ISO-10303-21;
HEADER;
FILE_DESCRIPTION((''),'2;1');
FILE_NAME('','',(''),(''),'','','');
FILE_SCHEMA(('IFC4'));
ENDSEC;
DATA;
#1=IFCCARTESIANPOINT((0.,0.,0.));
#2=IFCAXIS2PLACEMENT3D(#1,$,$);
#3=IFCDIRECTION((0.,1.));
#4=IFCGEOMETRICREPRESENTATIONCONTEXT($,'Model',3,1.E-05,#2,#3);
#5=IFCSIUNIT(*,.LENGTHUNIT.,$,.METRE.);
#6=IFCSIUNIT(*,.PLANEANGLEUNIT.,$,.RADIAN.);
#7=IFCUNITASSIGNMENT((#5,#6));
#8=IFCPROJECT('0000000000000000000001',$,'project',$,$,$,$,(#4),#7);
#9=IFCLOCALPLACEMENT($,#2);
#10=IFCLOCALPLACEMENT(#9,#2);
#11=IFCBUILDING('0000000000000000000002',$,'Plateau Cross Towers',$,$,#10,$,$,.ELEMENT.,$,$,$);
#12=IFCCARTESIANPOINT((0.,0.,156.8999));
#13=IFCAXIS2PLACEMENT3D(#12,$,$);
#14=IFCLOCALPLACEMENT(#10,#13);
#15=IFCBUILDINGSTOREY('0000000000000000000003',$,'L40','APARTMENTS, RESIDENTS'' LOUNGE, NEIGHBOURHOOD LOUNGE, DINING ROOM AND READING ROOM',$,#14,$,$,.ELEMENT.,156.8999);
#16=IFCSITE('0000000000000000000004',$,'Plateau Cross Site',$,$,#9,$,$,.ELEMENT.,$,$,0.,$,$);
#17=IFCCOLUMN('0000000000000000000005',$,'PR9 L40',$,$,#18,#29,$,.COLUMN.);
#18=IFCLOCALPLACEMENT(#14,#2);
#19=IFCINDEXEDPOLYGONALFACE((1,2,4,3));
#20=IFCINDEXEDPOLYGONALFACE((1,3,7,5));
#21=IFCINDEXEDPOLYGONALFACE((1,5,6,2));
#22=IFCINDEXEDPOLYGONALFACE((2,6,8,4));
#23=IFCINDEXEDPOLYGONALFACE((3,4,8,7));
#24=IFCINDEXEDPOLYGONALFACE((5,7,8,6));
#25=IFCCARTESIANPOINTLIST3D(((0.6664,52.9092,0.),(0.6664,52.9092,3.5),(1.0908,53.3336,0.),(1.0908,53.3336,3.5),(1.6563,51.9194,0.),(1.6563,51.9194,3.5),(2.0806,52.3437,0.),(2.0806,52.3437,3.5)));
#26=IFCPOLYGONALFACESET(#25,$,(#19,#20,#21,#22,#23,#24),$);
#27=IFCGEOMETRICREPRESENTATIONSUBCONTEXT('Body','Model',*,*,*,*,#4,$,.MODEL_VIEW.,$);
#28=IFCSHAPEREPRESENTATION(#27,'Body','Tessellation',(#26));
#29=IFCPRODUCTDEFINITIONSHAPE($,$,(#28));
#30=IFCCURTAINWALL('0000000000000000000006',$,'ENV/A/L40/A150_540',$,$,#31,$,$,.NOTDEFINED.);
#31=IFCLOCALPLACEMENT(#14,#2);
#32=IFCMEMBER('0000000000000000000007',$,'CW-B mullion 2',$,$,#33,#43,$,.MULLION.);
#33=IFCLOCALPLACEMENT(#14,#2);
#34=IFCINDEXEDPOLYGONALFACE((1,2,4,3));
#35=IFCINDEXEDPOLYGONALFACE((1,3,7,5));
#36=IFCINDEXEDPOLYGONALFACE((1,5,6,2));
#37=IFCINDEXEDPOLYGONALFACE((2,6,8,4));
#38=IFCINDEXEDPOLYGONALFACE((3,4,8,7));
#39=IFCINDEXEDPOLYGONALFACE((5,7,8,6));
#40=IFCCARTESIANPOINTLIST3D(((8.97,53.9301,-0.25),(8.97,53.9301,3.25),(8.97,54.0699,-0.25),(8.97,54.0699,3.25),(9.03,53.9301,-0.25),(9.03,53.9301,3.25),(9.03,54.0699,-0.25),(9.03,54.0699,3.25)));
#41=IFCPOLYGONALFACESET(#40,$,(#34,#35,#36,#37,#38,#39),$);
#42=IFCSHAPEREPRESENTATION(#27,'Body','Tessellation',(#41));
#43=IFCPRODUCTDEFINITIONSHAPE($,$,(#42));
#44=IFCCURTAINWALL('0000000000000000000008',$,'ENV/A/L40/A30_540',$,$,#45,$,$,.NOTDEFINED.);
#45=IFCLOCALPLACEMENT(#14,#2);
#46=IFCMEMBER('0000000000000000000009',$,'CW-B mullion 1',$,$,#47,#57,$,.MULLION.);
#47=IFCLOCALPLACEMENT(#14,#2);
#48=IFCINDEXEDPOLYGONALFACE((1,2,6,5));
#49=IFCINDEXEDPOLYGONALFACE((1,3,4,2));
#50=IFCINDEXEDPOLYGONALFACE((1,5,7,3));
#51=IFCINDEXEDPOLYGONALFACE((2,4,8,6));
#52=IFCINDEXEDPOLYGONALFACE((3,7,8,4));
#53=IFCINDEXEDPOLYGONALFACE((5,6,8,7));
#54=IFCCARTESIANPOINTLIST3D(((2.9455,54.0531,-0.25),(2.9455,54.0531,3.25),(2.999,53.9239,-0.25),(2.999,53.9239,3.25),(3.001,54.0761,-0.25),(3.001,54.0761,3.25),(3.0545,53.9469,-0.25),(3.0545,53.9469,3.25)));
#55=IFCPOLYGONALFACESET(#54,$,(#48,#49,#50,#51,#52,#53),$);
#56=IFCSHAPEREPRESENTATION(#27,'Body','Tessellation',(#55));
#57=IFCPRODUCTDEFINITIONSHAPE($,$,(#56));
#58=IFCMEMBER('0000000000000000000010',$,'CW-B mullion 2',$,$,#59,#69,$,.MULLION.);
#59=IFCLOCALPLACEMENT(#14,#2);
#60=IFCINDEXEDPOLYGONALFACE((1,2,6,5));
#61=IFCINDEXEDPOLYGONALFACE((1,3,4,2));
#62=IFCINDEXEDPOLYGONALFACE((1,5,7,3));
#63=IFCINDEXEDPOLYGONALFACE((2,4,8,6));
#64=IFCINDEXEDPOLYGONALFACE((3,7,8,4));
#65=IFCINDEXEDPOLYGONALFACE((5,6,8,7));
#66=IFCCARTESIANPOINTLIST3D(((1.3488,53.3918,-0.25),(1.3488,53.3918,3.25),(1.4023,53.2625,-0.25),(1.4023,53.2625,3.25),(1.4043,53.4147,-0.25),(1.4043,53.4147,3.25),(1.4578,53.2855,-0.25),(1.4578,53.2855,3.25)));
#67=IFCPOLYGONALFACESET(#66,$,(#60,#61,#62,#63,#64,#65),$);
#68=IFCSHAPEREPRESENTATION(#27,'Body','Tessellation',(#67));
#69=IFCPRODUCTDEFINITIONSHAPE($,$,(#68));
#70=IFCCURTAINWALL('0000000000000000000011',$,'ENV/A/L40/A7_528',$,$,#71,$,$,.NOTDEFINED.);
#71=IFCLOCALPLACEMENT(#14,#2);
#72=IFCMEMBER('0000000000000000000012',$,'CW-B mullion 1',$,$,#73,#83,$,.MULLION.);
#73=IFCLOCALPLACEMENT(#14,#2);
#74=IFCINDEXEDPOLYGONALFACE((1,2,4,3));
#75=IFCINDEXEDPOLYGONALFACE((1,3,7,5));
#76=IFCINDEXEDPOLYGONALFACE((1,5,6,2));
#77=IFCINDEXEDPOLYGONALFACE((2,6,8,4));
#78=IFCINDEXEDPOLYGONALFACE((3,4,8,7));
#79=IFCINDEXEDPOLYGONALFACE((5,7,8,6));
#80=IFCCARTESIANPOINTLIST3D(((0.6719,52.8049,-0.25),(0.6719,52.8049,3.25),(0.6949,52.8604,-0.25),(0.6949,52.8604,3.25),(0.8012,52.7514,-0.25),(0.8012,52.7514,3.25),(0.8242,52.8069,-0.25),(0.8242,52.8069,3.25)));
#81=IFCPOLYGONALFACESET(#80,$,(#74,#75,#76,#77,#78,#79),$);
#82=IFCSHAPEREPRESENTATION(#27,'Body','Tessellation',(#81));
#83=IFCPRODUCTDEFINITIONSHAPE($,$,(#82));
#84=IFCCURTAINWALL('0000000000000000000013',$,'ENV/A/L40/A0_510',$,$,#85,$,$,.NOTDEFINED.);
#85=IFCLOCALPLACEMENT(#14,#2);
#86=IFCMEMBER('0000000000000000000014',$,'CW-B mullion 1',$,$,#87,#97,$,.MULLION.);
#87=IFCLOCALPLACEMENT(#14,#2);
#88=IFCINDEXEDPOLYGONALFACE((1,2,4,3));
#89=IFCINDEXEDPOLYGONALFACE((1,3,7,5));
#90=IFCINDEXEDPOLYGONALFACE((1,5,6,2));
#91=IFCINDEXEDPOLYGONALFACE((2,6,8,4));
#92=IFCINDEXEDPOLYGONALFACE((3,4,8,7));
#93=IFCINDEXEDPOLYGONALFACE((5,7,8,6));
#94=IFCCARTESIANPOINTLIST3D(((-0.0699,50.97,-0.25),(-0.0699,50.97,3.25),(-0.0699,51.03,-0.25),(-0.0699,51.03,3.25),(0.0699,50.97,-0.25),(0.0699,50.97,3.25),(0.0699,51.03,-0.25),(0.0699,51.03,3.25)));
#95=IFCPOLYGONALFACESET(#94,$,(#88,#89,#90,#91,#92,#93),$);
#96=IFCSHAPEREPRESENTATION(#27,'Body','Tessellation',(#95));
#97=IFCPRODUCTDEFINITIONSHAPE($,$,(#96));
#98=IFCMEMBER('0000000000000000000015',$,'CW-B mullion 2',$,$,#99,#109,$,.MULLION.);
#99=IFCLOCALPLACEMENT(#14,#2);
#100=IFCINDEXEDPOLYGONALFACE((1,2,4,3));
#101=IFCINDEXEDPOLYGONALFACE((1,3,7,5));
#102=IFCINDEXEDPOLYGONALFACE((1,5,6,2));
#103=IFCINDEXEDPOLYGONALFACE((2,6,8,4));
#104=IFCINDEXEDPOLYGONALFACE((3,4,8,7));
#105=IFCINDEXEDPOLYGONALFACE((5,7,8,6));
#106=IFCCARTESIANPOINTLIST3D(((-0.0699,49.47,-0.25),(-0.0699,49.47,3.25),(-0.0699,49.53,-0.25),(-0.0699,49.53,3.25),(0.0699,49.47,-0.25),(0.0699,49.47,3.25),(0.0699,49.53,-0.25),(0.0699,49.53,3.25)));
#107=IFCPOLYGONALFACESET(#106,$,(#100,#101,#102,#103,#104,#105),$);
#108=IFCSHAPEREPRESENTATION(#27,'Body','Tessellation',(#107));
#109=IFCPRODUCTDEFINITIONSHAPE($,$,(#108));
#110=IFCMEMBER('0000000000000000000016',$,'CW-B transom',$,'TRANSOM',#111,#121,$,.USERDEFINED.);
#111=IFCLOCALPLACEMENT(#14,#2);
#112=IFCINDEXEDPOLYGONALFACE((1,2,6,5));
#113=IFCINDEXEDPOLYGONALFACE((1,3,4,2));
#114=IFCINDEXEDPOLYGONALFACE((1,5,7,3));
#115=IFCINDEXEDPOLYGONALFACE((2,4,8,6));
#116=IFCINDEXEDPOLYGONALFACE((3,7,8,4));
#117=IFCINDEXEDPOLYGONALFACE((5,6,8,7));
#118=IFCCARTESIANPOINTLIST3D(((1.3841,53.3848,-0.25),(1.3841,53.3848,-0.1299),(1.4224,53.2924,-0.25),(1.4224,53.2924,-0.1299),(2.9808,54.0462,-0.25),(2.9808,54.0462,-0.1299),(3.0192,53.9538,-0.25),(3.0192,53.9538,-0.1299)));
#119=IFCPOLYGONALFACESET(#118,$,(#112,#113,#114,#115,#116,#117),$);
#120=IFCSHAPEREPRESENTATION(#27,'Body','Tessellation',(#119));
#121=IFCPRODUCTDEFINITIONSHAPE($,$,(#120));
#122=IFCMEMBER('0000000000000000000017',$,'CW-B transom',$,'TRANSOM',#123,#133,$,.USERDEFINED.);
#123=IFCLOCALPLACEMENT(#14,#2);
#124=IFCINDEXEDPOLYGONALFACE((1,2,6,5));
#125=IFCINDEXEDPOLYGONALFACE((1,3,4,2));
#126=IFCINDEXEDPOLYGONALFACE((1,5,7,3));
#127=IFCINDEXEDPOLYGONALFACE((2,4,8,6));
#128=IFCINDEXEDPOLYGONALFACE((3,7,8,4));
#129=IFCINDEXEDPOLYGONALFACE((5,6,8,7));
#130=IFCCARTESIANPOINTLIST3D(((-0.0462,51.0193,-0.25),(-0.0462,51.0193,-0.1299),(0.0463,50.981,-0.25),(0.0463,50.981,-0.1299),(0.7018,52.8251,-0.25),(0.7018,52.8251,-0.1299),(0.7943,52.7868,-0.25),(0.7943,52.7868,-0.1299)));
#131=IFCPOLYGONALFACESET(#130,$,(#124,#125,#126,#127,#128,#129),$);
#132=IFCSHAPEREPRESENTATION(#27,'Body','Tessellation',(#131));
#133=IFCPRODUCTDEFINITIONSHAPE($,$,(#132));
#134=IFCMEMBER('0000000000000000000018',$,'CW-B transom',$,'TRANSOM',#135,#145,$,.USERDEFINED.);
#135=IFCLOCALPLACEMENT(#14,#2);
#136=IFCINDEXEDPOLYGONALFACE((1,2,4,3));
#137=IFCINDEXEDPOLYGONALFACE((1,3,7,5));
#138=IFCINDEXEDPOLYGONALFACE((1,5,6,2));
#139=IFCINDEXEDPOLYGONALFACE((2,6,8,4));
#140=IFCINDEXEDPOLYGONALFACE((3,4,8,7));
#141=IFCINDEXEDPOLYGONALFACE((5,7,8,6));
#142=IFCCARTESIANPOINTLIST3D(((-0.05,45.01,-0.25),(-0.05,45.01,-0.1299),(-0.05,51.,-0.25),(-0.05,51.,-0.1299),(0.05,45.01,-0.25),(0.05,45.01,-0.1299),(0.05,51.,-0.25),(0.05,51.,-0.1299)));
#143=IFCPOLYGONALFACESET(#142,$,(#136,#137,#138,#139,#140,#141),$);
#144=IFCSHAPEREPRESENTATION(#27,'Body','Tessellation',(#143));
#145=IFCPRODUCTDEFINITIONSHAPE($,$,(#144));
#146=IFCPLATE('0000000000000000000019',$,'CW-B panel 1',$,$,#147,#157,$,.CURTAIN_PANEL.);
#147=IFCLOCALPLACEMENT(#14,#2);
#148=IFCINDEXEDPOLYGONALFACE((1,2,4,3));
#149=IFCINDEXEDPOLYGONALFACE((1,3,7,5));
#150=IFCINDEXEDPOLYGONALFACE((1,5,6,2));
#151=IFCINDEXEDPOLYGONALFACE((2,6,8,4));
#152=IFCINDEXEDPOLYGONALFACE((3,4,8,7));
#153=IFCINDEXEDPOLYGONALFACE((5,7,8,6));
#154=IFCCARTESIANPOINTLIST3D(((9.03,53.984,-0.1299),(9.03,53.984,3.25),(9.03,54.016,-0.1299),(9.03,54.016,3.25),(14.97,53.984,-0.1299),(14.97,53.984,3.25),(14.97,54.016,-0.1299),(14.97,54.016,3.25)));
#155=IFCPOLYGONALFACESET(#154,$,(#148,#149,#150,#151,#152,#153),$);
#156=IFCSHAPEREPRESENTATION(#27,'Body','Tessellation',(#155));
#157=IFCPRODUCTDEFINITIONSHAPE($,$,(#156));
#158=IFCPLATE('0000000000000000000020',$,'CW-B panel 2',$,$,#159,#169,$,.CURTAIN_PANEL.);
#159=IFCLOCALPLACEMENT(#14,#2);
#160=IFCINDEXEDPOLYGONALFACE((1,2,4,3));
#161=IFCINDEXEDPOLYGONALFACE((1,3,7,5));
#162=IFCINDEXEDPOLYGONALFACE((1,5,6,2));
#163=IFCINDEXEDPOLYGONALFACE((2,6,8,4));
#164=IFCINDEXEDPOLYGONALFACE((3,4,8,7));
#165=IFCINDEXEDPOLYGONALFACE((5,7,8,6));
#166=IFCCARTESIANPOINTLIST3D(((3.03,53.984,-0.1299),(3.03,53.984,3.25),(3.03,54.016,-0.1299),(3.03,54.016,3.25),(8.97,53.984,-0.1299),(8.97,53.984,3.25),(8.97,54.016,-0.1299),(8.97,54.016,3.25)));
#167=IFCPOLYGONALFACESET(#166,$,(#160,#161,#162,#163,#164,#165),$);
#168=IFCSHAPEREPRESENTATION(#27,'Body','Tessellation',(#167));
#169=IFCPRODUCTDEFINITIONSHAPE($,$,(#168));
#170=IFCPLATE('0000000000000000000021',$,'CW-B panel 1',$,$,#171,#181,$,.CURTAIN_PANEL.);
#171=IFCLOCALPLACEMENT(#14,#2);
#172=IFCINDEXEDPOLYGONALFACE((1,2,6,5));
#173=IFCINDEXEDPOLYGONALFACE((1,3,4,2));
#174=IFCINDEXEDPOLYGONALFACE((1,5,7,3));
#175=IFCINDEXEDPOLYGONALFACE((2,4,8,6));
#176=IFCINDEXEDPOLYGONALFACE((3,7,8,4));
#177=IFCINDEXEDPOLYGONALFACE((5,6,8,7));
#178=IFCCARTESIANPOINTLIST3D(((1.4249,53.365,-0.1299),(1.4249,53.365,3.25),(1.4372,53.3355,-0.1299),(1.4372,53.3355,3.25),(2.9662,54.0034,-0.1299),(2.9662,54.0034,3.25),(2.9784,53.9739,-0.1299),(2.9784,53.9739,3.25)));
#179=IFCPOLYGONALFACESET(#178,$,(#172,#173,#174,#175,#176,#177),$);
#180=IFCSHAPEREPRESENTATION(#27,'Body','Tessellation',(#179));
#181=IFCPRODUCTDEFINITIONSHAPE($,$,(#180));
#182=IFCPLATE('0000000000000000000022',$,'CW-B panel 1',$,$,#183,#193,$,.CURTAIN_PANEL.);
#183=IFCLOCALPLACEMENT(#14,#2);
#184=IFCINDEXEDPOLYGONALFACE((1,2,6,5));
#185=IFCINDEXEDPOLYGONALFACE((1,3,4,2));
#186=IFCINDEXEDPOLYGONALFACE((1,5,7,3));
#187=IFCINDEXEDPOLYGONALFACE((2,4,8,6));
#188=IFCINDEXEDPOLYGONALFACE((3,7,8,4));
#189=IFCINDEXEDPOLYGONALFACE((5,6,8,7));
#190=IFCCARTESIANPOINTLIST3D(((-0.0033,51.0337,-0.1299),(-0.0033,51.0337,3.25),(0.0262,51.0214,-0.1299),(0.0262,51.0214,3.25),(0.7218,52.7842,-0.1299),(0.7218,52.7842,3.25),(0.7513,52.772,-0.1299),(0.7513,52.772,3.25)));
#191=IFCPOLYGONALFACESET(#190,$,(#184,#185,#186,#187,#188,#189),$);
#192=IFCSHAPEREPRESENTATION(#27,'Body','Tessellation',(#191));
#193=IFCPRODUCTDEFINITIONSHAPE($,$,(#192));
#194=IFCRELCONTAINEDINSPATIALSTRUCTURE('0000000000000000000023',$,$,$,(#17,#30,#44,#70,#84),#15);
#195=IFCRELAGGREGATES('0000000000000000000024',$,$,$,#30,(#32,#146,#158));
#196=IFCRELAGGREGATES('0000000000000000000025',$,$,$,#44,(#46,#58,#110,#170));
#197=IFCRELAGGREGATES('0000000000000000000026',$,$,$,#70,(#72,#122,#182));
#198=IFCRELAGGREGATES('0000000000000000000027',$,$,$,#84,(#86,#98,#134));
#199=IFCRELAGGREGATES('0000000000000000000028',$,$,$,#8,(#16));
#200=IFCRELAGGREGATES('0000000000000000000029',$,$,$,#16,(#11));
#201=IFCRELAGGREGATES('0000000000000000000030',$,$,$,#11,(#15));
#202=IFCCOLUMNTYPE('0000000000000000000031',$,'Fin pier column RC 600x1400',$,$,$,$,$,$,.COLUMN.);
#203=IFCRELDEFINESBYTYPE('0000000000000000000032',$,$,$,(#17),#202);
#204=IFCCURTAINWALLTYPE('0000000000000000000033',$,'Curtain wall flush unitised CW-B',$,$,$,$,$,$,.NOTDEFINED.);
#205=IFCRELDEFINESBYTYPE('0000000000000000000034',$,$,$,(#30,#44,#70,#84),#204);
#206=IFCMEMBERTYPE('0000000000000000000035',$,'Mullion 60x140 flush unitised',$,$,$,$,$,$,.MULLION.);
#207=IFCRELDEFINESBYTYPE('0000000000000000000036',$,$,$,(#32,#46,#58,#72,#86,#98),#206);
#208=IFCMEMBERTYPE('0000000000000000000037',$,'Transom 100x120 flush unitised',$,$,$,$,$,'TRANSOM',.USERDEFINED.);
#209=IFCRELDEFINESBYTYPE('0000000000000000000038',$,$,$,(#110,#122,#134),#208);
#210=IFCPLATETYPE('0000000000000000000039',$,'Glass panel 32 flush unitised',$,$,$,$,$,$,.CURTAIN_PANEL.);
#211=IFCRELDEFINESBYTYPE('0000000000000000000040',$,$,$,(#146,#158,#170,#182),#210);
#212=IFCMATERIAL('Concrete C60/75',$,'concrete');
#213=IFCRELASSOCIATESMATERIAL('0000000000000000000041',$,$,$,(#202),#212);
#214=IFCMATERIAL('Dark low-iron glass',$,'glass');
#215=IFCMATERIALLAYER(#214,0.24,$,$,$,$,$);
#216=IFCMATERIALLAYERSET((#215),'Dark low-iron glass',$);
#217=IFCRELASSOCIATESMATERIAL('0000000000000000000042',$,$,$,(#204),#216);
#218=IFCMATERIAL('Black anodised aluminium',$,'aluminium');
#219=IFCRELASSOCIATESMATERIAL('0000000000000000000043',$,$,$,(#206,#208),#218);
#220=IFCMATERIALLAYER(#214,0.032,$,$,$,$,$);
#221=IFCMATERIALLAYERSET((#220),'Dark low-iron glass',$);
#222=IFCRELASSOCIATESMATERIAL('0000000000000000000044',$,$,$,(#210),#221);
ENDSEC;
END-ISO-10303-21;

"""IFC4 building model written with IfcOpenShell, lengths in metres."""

from ifc_helpers import new_model, si_unit, direction, frame, origin, origin_2d, place, context, subcontext, project, spatial, rectangle, extrude, material, layer, layer_set, material_profile, profile_set, type_object, element, aggregate, save


model = new_model("IFC4")

# Units and contexts
model_context = context("Model", 3, precision=1e-05, world=origin(), true_north=direction((0.0, 1.0)))
body_context = subcontext(model_context, "Body", "Model", "MODEL_VIEW")
ifc_project = project(units=[si_unit("LENGTHUNIT", "METRE"), si_unit("PLANEANGLEUNIT", "RADIAN")], contexts=[model_context])

# Site, building, storey
site_placement = place(None, origin())
site = spatial("IfcSite", under=ifc_project, at=site_placement, Name="Plateau Cross Site", CompositionType="ELEMENT", RefElevation=0.0)
building_placement = place(site_placement, origin())
building = spatial("IfcBuilding", under=site, at=building_placement, Name="Plateau Cross Towers", CompositionType="ELEMENT")
storey_placement = place(building_placement, frame((0.0, 0.0, 156.8999)))
storey = spatial("IfcBuildingStorey", under=building, at=storey_placement, Name="L40", Description="APARTMENTS, RESIDENTS' LOUNGE, NEIGHBOURHOOD LOUNGE, DINING ROOM AND READING ROOM", CompositionType="ELEMENT", Elevation=156.8999)

# Column
ifc_material_1 = material(Name="Concrete C60/75", Category="concrete")
ifc_material_profile_1 = material_profile(ifc_material_1, rectangle(XDim=0.6001, YDim=1.3999, at=origin_2d()), Name="RC 600x1400")
ifc_profile_set_1 = profile_set([ifc_material_profile_1], Name="Concrete C60/75")
column_type = type_object("IfcColumnType", Name="Fin pier column RC 600x1400", PredefinedType="COLUMN", material=ifc_profile_set_1)
column_placement = place(storey_placement, frame((1.3735, 52.6265, 0.0), z_axis=(0.0, 0.0, 1.0), x_axis=(0.707107, 0.707107, 0.0)))
element("IfcColumn", 1, at=column_placement, inside=storey, type_object=column_type, Name="PR9 L40", PredefinedType="COLUMN", context=body_context, shape_type="SweptSolid", body=[
    extrude(rectangle(XDim=0.6001, YDim=1.3999, at=origin_2d()), origin(), (0.0, 0.0, 1.0), 3.5),
])

# Curtain wall, member
ifc_material_2 = material(Name="Dark low-iron glass", Category="glass")
ifc_layer_1 = layer(ifc_material_2, 0.24)
ifc_layer_set_1 = layer_set([ifc_layer_1], Name="Dark low-iron glass")
curtain_wall_type = type_object("IfcCurtainWallType", Name="Curtain wall flush unitised CW-B", PredefinedType="NOTDEFINED", material=ifc_layer_set_1)
curtain_wall_1_placement = place(storey_placement, origin())
curtain_wall_1 = element("IfcCurtainWall", 2, at=curtain_wall_1_placement, inside=storey, type_object=curtain_wall_type, Name="ENV/A/L40/A150_540", PredefinedType="NOTDEFINED")
ifc_material_3 = material(Name="Black anodised aluminium", Category="aluminium")
ifc_material_profile_2 = material_profile(ifc_material_3, rectangle(XDim=0.0601, YDim=0.1399, at=origin_2d()), Name="MULLION 60x140")
ifc_profile_set_2 = profile_set([ifc_material_profile_2], Name="Black anodised aluminium")
member_type_1 = type_object("IfcMemberType", Name="Mullion 60x140 flush unitised", PredefinedType="MULLION", material=ifc_profile_set_2)
member_1_placement = place(storey_placement, frame((9.0, 54.0, -0.25), z_axis=(0.0, 0.0, 1.0), x_axis=(-1.0, 0.0, 0.0)))
member_1 = element("IfcMember", 3, at=member_1_placement, type_object=member_type_1, Name="CW-B mullion 2", PredefinedType="MULLION", context=body_context, shape_type="SweptSolid", body=[
    extrude(rectangle(XDim=0.0601, YDim=0.1399, at=origin_2d()), origin(), (0.0, 0.0, 1.0), 3.5),
])

# Curtain wall, members
curtain_wall_2_placement = place(storey_placement, origin())
curtain_wall_2 = element("IfcCurtainWall", 4, at=curtain_wall_2_placement, inside=storey, type_object=curtain_wall_type, Name="ENV/A/L40/A30_540", PredefinedType="NOTDEFINED")
member_2_placement = place(storey_placement, frame((3.0, 54.0, -0.25), z_axis=(0.0, 0.0, 1.0), x_axis=(-0.923879, -0.382684, 0.0)))
member_2 = element("IfcMember", 5, at=member_2_placement, type_object=member_type_1, Name="CW-B mullion 1", PredefinedType="MULLION", context=body_context, shape_type="SweptSolid", body=[
    extrude(rectangle(XDim=0.0601, YDim=0.1399, at=origin_2d()), origin(), (0.0, 0.0, 1.0), 3.5),
])
member_3_placement = place(storey_placement, frame((1.4033, 53.3386, -0.25), z_axis=(0.0, 0.0, 1.0), x_axis=(-0.923879, -0.382684, 0.0)))
member_3 = element("IfcMember", 6, at=member_3_placement, type_object=member_type_1, Name="CW-B mullion 2", PredefinedType="MULLION", context=body_context, shape_type="SweptSolid", body=[
    extrude(rectangle(XDim=0.0601, YDim=0.1399, at=origin_2d()), origin(), (0.0, 0.0, 1.0), 3.5),
])

# Curtain wall, member
curtain_wall_3_placement = place(storey_placement, origin())
curtain_wall_3 = element("IfcCurtainWall", 7, at=curtain_wall_3_placement, inside=storey, type_object=curtain_wall_type, Name="ENV/A/L40/A7_528", PredefinedType="NOTDEFINED")
member_4_placement = place(storey_placement, frame((0.748, 52.8059, -0.25), z_axis=(0.0, 0.0, 1.0), x_axis=(-0.382684, -0.923879, 0.0)))
member_4 = element("IfcMember", 8, at=member_4_placement, type_object=member_type_1, Name="CW-B mullion 1", PredefinedType="MULLION", context=body_context, shape_type="SweptSolid", body=[
    extrude(rectangle(XDim=0.0601, YDim=0.1399, at=origin_2d()), origin(), (0.0, 0.0, 1.0), 3.5),
])

# Curtain wall, members
curtain_wall_4_placement = place(storey_placement, origin())
curtain_wall_4 = element("IfcCurtainWall", 9, at=curtain_wall_4_placement, inside=storey, type_object=curtain_wall_type, Name="ENV/A/L40/A0_510", PredefinedType="NOTDEFINED")
member_5_placement = place(storey_placement, frame((0.0, 51.0, -0.25), z_axis=(0.0, 0.0, 1.0), x_axis=(0.0, -1.0, 0.0)))
member_5 = element("IfcMember", 10, at=member_5_placement, type_object=member_type_1, Name="CW-B mullion 1", PredefinedType="MULLION", context=body_context, shape_type="SweptSolid", body=[
    extrude(rectangle(XDim=0.0601, YDim=0.1399, at=origin_2d()), origin(), (0.0, 0.0, 1.0), 3.5),
])
member_6_placement = place(storey_placement, frame((0.0, 49.5, -0.25), z_axis=(0.0, 0.0, 1.0), x_axis=(0.0, -1.0, 0.0)))
member_6 = element("IfcMember", 11, at=member_6_placement, type_object=member_type_1, Name="CW-B mullion 2", PredefinedType="MULLION", context=body_context, shape_type="SweptSolid", body=[
    extrude(rectangle(XDim=0.0601, YDim=0.1399, at=origin_2d()), origin(), (0.0, 0.0, 1.0), 3.5),
])

# Members
ifc_material_profile_3 = material_profile(ifc_material_3, rectangle(XDim=0.1001, YDim=0.1201, at=origin_2d()), Name="TRANSOM 100x120")
ifc_profile_set_3 = profile_set([ifc_material_profile_3], Name="Black anodised aluminium")
member_type_2 = type_object("IfcMemberType", Name="Transom 100x120 flush unitised", ElementType="TRANSOM", PredefinedType="USERDEFINED", material=ifc_profile_set_3)
member_7_placement = place(storey_placement, frame((3.0, 54.0, -0.1899), z_axis=(-0.923877, -0.382689, 0.0), x_axis=(0.382689, -0.923877, 0.0)))
member_7 = element("IfcMember", 12, at=member_7_placement, type_object=member_type_2, Name="CW-B transom", ObjectType="TRANSOM", PredefinedType="USERDEFINED", context=body_context, shape_type="SweptSolid", body=[
    extrude(rectangle(XDim=0.1001, YDim=0.1201, at=origin_2d()), origin(), (0.0, 0.0, 1.0), 1.7283),
])
member_8_placement = place(storey_placement, frame((0.748, 52.8059, -0.1899), z_axis=(-0.38269, -0.923877, 0.0), x_axis=(0.923877, -0.38269, 0.0)))
member_8 = element("IfcMember", 13, at=member_8_placement, type_object=member_type_2, Name="CW-B transom", ObjectType="TRANSOM", PredefinedType="USERDEFINED", context=body_context, shape_type="SweptSolid", body=[
    extrude(rectangle(XDim=0.1001, YDim=0.1201, at=origin_2d()), origin(), (0.0, 0.0, 1.0), 1.9546),
])
member_9_placement = place(storey_placement, frame((0.0, 51.0, -0.1899), z_axis=(0.0, -1.0, 0.0), x_axis=(1.0, 0.0, 0.0)))
member_9 = element("IfcMember", 14, at=member_9_placement, type_object=member_type_2, Name="CW-B transom", ObjectType="TRANSOM", PredefinedType="USERDEFINED", context=body_context, shape_type="SweptSolid", body=[
    extrude(rectangle(XDim=0.1001, YDim=0.1201, at=origin_2d()), origin(), (0.0, 0.0, 1.0), 5.99),
])

# Plates
ifc_layer_2 = layer(ifc_material_2, 0.032)
ifc_layer_set_2 = layer_set([ifc_layer_2], Name="Dark low-iron glass")
plate_type = type_object("IfcPlateType", Name="Glass panel 32 flush unitised", PredefinedType="CURTAIN_PANEL", material=ifc_layer_set_2)
plate_1_placement = place(storey_placement, frame((12.0, 54.0, -0.1299), z_axis=(0.0, 0.0, 1.0), x_axis=(-1.0, 0.0, 0.0)))
plate_1 = element("IfcPlate", 15, at=plate_1_placement, type_object=plate_type, Name="CW-B panel 1", PredefinedType="CURTAIN_PANEL", context=body_context, shape_type="SweptSolid", body=[
    extrude(rectangle(XDim=5.9399, YDim=0.032, at=origin_2d()), origin(), (0.0, 0.0, 1.0), 3.3799),
])
plate_2_placement = place(storey_placement, frame((6.0, 54.0, -0.1299), z_axis=(0.0, 0.0, 1.0), x_axis=(-1.0, 0.0, 0.0)))
plate_2 = element("IfcPlate", 16, at=plate_2_placement, type_object=plate_type, Name="CW-B panel 2", PredefinedType="CURTAIN_PANEL", context=body_context, shape_type="SweptSolid", body=[
    extrude(rectangle(XDim=5.9399, YDim=0.032, at=origin_2d()), origin(), (0.0, 0.0, 1.0), 3.3799),
])
aggregate(curtain_wall_1, [member_1, plate_1, plate_2])
plate_3_placement = place(storey_placement, frame((2.2017, 53.6694, -0.1299), z_axis=(0.0, 0.0, 1.0), x_axis=(-0.923879, -0.382684, 0.0)))
plate_3 = element("IfcPlate", 17, at=plate_3_placement, type_object=plate_type, Name="CW-B panel 1", PredefinedType="CURTAIN_PANEL", context=body_context, shape_type="SweptSolid", body=[
    extrude(rectangle(XDim=1.6682, YDim=0.032, at=origin_2d()), origin(), (0.0, 0.0, 1.0), 3.3799),
])
aggregate(curtain_wall_2, [member_2, member_3, member_7, plate_3])
plate_4_placement = place(storey_placement, frame((0.374, 51.9028, -0.1299), z_axis=(0.0, 0.0, 1.0), x_axis=(-0.382684, -0.923879, 0.0)))
plate_4 = element("IfcPlate", 18, at=plate_4_placement, type_object=plate_type, Name="CW-B panel 1", PredefinedType="CURTAIN_PANEL", context=body_context, shape_type="SweptSolid", body=[
    extrude(rectangle(XDim=1.8948, YDim=0.032, at=origin_2d()), origin(), (0.0, 0.0, 1.0), 3.3799),
])
aggregate(curtain_wall_3, [member_4, member_8, plate_4])
aggregate(curtain_wall_4, [member_5, member_6, member_9])

save(model, "model.ifc")
